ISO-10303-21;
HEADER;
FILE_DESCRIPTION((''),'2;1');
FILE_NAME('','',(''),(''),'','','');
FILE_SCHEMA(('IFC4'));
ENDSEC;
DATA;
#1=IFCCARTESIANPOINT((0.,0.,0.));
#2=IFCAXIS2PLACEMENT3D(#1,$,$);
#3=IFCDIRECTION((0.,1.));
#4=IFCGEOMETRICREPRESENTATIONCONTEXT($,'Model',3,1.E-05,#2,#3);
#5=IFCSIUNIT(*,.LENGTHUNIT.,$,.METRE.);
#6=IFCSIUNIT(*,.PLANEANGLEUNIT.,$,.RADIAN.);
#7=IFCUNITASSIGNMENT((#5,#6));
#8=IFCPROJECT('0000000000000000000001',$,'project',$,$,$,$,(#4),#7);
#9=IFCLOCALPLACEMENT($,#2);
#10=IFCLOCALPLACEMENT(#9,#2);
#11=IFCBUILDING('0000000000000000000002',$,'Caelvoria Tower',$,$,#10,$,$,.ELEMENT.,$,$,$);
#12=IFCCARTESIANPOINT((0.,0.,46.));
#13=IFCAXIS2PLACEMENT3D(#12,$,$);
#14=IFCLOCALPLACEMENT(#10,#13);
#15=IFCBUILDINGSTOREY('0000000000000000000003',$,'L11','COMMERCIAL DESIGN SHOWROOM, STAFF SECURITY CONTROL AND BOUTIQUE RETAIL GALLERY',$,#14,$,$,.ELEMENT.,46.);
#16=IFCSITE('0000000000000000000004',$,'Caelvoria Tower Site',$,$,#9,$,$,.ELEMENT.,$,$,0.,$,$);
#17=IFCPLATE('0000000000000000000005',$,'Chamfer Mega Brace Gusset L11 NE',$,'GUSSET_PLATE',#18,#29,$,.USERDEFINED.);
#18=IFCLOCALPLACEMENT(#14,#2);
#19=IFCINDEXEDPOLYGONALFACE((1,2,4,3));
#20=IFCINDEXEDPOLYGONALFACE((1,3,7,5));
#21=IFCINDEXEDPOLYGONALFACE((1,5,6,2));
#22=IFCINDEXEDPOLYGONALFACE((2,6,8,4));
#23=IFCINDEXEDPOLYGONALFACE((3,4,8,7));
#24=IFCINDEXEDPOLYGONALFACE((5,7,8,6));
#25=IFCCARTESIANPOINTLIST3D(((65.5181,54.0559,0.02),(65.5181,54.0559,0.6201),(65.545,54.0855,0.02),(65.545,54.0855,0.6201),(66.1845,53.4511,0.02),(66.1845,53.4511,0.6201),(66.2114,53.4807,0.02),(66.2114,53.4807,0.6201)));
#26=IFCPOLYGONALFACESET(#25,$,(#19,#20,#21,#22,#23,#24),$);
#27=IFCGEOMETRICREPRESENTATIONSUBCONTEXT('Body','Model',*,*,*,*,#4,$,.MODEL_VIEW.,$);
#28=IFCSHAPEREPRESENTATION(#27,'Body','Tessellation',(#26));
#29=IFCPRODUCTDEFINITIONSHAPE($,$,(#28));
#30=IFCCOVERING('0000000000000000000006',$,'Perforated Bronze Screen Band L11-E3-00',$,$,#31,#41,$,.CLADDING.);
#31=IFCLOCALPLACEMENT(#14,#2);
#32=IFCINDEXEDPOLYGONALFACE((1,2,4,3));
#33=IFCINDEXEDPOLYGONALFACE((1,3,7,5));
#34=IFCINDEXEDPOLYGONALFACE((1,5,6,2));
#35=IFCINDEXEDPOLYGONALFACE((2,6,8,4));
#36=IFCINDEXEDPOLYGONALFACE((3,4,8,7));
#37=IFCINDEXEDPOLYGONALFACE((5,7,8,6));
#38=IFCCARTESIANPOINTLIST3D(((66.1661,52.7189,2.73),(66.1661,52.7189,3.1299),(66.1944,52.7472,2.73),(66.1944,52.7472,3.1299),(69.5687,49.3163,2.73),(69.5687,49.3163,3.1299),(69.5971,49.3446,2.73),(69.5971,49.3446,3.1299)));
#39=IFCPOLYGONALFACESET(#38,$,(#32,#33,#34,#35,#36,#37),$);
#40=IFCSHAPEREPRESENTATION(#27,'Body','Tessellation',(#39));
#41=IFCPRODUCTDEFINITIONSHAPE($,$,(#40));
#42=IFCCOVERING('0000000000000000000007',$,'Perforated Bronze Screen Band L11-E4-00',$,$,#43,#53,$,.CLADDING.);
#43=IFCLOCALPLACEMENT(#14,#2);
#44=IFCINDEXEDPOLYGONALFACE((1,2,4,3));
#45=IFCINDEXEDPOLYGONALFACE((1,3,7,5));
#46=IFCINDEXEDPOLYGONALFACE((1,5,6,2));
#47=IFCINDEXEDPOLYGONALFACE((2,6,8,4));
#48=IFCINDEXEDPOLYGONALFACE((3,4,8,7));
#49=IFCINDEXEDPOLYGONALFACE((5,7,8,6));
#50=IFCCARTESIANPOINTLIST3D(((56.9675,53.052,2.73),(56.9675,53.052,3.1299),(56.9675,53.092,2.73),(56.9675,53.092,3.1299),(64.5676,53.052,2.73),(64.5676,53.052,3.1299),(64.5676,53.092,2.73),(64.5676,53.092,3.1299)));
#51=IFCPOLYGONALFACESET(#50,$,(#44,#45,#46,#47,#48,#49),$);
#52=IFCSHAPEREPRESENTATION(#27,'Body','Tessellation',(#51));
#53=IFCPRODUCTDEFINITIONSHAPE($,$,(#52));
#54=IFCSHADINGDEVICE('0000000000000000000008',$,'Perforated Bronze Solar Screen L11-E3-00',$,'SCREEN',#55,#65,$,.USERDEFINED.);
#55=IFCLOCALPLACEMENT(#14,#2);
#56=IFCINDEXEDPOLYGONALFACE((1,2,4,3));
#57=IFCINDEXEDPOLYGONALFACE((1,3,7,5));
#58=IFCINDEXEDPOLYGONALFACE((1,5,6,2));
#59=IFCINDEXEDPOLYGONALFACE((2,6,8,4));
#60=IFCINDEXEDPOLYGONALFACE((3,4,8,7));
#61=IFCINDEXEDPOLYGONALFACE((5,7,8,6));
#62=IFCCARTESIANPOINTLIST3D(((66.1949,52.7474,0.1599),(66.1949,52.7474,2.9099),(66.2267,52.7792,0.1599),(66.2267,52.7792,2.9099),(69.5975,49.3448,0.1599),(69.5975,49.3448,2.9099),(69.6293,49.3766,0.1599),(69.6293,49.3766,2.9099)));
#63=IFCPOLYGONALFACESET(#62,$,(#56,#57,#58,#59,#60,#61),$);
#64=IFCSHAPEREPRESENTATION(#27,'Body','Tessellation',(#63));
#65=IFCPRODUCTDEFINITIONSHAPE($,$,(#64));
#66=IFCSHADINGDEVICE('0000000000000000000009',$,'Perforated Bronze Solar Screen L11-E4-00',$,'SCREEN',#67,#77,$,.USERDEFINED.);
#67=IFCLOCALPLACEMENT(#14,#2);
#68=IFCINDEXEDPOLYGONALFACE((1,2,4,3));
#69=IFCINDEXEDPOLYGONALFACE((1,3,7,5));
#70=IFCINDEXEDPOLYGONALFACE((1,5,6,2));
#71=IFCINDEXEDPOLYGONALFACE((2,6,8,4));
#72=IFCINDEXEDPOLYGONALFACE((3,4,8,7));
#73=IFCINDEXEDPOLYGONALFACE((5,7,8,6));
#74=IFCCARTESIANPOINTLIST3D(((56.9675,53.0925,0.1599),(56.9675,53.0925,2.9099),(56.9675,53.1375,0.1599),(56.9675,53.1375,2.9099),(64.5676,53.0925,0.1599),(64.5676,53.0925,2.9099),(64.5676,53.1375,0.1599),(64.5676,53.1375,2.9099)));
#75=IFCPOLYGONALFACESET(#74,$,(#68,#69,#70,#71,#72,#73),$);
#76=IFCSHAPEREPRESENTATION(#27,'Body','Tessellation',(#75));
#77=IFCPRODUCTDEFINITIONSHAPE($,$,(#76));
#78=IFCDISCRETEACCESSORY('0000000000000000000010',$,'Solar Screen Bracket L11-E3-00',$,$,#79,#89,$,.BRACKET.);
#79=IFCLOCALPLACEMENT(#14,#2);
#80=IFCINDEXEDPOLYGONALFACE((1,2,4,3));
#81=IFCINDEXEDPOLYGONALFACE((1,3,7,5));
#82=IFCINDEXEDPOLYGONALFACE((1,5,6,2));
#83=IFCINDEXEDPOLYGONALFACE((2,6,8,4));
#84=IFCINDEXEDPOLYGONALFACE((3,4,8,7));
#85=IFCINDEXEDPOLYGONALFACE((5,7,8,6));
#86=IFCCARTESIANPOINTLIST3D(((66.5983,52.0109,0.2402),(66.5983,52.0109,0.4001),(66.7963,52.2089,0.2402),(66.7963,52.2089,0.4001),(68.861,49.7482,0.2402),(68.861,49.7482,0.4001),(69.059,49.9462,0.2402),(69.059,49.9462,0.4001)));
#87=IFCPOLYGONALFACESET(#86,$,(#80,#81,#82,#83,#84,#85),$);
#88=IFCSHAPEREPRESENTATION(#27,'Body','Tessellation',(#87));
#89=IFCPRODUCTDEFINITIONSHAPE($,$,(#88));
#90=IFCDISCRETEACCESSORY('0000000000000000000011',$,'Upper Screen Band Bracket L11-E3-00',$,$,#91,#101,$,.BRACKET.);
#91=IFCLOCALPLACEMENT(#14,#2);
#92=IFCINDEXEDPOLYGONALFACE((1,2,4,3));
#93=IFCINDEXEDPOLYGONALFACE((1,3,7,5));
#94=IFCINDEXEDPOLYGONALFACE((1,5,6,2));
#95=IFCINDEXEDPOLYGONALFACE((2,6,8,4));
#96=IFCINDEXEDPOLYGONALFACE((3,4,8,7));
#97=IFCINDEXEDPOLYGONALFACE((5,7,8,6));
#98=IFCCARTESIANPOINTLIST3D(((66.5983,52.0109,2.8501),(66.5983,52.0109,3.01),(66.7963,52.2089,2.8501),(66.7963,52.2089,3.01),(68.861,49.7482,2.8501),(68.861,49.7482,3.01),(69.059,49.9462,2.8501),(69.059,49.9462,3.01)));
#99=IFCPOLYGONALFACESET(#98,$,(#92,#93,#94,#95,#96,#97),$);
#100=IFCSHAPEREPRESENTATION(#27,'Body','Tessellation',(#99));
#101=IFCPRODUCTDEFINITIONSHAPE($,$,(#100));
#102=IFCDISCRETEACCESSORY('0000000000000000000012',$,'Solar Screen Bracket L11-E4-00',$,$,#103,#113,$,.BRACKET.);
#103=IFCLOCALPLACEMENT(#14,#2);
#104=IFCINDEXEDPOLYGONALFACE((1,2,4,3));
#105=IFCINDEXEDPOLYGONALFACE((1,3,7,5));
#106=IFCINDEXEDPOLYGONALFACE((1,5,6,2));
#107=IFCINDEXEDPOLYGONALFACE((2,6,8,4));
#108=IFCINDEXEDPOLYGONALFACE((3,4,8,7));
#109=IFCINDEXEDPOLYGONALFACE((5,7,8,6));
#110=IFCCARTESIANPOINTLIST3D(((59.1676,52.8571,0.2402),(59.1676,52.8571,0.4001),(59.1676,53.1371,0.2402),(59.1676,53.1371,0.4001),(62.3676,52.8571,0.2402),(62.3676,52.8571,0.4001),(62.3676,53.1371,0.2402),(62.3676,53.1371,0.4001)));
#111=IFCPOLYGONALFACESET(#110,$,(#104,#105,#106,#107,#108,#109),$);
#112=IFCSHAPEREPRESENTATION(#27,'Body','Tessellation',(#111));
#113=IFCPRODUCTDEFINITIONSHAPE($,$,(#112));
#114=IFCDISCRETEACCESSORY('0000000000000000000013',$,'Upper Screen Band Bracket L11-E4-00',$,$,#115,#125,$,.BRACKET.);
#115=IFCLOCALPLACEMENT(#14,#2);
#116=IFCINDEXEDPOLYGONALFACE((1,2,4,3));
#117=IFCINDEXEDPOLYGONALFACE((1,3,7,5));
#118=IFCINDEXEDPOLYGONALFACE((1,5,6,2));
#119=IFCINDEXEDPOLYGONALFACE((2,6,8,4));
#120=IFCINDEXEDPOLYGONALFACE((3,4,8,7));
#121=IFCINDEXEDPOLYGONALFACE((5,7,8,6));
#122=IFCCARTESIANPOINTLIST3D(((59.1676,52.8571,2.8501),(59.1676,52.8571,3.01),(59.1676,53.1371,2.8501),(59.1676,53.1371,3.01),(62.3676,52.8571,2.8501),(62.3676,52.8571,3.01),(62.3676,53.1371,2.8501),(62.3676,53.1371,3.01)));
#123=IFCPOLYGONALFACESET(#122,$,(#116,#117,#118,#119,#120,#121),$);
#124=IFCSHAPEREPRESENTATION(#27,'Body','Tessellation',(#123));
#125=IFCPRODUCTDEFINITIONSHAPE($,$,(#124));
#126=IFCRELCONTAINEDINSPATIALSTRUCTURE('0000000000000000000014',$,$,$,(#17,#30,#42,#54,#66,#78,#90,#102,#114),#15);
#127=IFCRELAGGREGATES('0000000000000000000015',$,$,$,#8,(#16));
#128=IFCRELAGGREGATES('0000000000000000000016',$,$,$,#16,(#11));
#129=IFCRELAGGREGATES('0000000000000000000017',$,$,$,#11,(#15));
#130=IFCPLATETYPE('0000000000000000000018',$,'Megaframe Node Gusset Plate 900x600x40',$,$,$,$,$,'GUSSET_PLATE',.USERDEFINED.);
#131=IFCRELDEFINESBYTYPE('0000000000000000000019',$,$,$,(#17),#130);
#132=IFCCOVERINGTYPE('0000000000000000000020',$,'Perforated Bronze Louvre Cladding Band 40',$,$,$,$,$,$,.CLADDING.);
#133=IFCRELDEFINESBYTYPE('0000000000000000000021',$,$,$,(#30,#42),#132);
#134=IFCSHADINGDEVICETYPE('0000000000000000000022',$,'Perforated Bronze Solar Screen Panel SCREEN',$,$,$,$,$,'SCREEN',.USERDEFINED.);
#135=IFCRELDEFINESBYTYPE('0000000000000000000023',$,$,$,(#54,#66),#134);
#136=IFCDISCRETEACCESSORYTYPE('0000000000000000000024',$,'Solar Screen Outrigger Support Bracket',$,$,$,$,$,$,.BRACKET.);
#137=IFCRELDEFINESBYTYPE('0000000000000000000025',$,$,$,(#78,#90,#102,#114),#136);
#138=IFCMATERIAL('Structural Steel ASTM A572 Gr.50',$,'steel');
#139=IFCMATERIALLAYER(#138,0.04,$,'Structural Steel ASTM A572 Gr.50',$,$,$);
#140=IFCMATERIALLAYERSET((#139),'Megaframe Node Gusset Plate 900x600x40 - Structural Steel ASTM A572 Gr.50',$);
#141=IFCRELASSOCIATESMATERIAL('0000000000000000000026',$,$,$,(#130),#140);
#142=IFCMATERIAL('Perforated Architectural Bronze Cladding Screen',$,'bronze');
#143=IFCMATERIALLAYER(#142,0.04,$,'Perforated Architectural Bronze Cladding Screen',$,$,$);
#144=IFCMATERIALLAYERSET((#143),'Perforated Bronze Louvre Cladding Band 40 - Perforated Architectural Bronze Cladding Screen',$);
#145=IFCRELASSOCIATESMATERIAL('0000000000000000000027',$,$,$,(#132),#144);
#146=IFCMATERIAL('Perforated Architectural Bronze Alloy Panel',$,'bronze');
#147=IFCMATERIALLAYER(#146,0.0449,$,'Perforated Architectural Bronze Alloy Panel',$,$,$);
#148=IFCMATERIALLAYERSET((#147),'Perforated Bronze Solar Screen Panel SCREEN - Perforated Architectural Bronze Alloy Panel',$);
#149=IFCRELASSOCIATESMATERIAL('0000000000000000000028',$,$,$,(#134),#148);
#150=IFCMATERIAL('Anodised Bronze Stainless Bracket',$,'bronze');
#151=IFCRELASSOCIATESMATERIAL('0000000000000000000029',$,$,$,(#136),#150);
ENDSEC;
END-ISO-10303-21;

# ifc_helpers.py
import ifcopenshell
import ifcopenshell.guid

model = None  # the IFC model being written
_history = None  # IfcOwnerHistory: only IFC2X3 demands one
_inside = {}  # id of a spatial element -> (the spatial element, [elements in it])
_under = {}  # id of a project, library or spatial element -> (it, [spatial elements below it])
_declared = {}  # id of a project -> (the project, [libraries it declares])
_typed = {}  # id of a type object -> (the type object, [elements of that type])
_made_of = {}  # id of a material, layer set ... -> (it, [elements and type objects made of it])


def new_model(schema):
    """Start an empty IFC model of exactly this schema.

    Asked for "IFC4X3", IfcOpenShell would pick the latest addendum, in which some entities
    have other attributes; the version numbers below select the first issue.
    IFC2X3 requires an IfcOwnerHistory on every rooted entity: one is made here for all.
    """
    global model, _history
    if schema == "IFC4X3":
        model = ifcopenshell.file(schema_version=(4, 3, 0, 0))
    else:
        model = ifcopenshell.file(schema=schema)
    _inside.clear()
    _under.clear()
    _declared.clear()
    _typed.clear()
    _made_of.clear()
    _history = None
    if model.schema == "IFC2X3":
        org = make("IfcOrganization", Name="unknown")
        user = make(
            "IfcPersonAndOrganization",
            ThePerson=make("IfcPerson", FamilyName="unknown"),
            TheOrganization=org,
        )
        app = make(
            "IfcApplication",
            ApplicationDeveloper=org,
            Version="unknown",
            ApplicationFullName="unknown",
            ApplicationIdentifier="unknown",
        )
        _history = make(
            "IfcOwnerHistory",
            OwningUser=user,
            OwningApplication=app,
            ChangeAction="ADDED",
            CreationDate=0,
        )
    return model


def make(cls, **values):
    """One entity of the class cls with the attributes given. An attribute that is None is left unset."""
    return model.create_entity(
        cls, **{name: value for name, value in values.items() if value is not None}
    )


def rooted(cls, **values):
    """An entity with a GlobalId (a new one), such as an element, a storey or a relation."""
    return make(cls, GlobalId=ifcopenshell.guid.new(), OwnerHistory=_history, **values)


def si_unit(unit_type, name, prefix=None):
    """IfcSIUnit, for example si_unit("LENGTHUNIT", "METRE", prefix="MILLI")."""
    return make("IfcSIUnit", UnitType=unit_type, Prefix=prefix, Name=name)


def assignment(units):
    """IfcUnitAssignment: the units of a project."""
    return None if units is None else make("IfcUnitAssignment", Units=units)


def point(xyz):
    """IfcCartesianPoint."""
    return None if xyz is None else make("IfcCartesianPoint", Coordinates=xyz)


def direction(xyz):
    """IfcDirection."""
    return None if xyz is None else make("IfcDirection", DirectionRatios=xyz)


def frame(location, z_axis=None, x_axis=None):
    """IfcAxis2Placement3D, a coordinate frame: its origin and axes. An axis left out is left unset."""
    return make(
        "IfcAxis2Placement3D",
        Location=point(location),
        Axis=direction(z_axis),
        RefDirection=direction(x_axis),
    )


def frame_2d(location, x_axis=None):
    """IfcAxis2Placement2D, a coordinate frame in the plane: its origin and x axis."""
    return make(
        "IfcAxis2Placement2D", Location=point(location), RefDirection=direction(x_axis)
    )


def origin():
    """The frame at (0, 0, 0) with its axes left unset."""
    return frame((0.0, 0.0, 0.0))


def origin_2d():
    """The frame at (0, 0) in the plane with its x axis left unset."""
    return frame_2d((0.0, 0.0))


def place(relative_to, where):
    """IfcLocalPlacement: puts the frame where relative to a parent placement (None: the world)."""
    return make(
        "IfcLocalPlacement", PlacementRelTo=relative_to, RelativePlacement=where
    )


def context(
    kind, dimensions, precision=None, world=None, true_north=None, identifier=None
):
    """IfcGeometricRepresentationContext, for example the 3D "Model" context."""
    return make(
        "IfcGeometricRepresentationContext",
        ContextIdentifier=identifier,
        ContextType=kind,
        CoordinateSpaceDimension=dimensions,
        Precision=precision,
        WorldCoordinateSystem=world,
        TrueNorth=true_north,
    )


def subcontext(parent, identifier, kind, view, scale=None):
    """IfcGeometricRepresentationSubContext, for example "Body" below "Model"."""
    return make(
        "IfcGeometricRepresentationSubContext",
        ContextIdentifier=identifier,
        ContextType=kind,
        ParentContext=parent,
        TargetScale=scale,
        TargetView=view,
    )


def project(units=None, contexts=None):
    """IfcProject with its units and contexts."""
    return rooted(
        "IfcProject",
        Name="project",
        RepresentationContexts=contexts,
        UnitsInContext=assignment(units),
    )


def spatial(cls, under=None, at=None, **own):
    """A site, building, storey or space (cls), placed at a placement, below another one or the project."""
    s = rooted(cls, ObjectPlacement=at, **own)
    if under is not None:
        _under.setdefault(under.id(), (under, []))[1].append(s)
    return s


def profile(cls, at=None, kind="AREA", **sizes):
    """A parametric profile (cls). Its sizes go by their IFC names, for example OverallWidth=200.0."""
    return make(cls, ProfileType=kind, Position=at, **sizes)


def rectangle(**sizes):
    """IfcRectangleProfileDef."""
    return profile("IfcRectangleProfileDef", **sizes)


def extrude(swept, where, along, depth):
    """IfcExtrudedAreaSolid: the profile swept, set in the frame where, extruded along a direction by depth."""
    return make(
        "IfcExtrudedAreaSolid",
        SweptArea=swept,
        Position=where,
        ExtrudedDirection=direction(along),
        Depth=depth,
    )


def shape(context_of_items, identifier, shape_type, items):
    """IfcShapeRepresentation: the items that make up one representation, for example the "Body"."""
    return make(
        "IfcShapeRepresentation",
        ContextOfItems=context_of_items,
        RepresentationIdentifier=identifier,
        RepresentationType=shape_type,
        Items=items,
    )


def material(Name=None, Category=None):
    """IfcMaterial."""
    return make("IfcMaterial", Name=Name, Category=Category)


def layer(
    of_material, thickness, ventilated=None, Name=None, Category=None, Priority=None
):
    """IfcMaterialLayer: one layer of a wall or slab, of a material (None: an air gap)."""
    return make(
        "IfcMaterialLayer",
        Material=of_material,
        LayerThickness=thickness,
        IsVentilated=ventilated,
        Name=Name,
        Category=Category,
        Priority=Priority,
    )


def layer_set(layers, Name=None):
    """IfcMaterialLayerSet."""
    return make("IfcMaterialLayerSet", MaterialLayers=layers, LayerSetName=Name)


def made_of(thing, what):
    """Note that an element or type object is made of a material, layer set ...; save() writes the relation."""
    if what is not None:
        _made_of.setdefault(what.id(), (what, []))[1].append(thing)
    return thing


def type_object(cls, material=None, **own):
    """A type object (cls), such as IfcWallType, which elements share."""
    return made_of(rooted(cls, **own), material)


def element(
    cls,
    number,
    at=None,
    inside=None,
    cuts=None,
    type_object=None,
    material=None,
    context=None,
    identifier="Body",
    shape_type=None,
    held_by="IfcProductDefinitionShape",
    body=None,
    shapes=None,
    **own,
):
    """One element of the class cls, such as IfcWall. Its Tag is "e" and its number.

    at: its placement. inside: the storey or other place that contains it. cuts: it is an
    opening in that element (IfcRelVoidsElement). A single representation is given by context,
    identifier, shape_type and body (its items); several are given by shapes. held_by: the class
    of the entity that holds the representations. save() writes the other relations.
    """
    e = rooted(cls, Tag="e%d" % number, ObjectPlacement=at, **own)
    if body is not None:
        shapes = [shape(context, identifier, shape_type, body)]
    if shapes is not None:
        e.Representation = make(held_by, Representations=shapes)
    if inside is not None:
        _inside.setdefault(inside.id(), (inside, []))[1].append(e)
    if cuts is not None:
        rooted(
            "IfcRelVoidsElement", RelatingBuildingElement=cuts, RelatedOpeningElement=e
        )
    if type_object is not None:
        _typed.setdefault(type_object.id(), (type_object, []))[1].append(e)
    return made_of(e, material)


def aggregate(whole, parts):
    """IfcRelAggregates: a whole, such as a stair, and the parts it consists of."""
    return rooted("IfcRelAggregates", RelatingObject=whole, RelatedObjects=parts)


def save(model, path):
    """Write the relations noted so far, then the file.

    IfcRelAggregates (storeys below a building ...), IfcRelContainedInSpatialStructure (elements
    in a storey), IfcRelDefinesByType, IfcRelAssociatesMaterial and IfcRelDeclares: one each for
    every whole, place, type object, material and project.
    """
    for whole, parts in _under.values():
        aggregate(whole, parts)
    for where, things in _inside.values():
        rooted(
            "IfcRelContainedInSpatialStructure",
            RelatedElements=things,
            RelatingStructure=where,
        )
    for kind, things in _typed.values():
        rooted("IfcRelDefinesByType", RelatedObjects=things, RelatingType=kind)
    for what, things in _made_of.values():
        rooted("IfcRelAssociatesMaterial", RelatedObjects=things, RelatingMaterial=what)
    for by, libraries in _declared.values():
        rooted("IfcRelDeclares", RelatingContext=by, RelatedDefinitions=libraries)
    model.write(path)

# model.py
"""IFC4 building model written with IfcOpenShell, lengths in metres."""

from ifc_helpers import new_model, si_unit, direction, frame, origin, origin_2d, place, context, subcontext, project, spatial, rectangle, extrude, material, layer, layer_set, type_object, element, save


model = new_model("IFC4")

# Units and contexts
model_context = context("Model", 3, precision=1e-05, world=origin(), true_north=direction((0.0, 1.0)))
body_context = subcontext(model_context, "Body", "Model", "MODEL_VIEW")
ifc_project = project(units=[si_unit("LENGTHUNIT", "METRE"), si_unit("PLANEANGLEUNIT", "RADIAN")], contexts=[model_context])

# Site, building, storey
site_placement = place(None, origin())
site = spatial("IfcSite", under=ifc_project, at=site_placement, Name="Caelvoria Tower Site", CompositionType="ELEMENT", RefElevation=0.0)
building_placement = place(site_placement, origin())
building = spatial("IfcBuilding", under=site, at=building_placement, Name="Caelvoria Tower", CompositionType="ELEMENT")
storey_placement = place(building_placement, frame((0.0, 0.0, 46.0)))
storey = spatial("IfcBuildingStorey", under=building, at=storey_placement, Name="L11", Description="COMMERCIAL DESIGN SHOWROOM, STAFF SECURITY CONTROL AND BOUTIQUE RETAIL GALLERY", CompositionType="ELEMENT", Elevation=46.0)

# Shared definitions
ifc_material_1 = material(Name="Structural Steel ASTM A572 Gr.50", Category="steel")

# Plate
ifc_layer_1 = layer(ifc_material_1, 0.04, Name="Structural Steel ASTM A572 Gr.50")
ifc_layer_set_1 = layer_set([ifc_layer_1], Name="Megaframe Node Gusset Plate 900x600x40 - Structural Steel ASTM A572 Gr.50")
plate_type = type_object("IfcPlateType", Name="Megaframe Node Gusset Plate 900x600x40", ElementType="GUSSET_PLATE", PredefinedType="USERDEFINED", material=ifc_layer_set_1)
plate_placement = place(storey_placement, frame((65.8647, 53.7683, 0.02), z_axis=(0.0, 0.0, 1.0), x_axis=(0.740456, -0.672105, 0.0)))
element("IfcPlate", 1, at=plate_placement, inside=storey, type_object=plate_type, Name="Chamfer Mega Brace Gusset L11 NE", ObjectType="GUSSET_PLATE", PredefinedType="USERDEFINED", context=body_context, shape_type="SweptSolid", body=[
    extrude(rectangle(XDim=0.8999, YDim=0.04, at=origin_2d()), origin(), (0.0, 0.0, 1.0), 0.6001),
])

# Coverings
ifc_material_2 = material(Name="Perforated Architectural Bronze Cladding Screen", Category="bronze")
ifc_layer_2 = layer(ifc_material_2, 0.04, Name="Perforated Architectural Bronze Cladding Screen")
ifc_layer_set_2 = layer_set([ifc_layer_2], Name="Perforated Bronze Louvre Cladding Band 40 - Perforated Architectural Bronze Cladding Screen")
covering_type = type_object("IfcCoveringType", Name="Perforated Bronze Louvre Cladding Band 40", PredefinedType="CLADDING", material=ifc_layer_set_2)
covering_1_placement = place(storey_placement, frame((67.8816, 51.0317, 2.73), z_axis=(0.0, 0.0, 1.0), x_axis=(-0.707107, 0.707107, 0.0)))
element("IfcCovering", 2, at=covering_1_placement, inside=storey, type_object=covering_type, Name="Perforated Bronze Screen Band L11-E3-00", PredefinedType="CLADDING", context=body_context, shape_type="SweptSolid", body=[
    extrude(rectangle(XDim=4.812, YDim=0.04, at=origin_2d()), origin(), (0.0, 0.0, 1.0), 0.3999),
])
covering_2_placement = place(storey_placement, frame((60.7676, 53.072, 2.73), z_axis=(0.0, 0.0, 1.0), x_axis=(-1.0, 0.0, 0.0)))
element("IfcCovering", 3, at=covering_2_placement, inside=storey, type_object=covering_type, Name="Perforated Bronze Screen Band L11-E4-00", PredefinedType="CLADDING", context=body_context, shape_type="SweptSolid", body=[
    extrude(rectangle(XDim=7.6001, YDim=0.04, at=origin_2d()), origin(), (0.0, 0.0, 1.0), 0.3999),
])

# Shading devices
ifc_material_3 = material(Name="Perforated Architectural Bronze Alloy Panel", Category="bronze")
ifc_layer_3 = layer(ifc_material_3, 0.0449, Name="Perforated Architectural Bronze Alloy Panel")
ifc_layer_set_3 = layer_set([ifc_layer_3], Name="Perforated Bronze Solar Screen Panel SCREEN - Perforated Architectural Bronze Alloy Panel")
shading_device_type = type_object("IfcShadingDeviceType", Name="Perforated Bronze Solar Screen Panel SCREEN", ElementType="SCREEN", PredefinedType="USERDEFINED", material=ifc_layer_set_3)
shading_device_1_placement = place(storey_placement, frame((67.9121, 51.062, 0.1599), z_axis=(0.0, 0.0, 1.0), x_axis=(-0.707107, 0.707107, 0.0)))
element("IfcShadingDevice", 4, at=shading_device_1_placement, inside=storey, type_object=shading_device_type, Name="Perforated Bronze Solar Screen L11-E3-00", ObjectType="SCREEN", PredefinedType="USERDEFINED", context=body_context, shape_type="SweptSolid", body=[
    extrude(rectangle(XDim=4.812, YDim=0.0449, at=origin_2d()), origin(), (0.0, 0.0, 1.0), 2.75),
])
shading_device_2_placement = place(storey_placement, frame((60.7676, 53.115, 0.1599), z_axis=(0.0, 0.0, 1.0), x_axis=(-1.0, 0.0, 0.0)))
element("IfcShadingDevice", 5, at=shading_device_2_placement, inside=storey, type_object=shading_device_type, Name="Perforated Bronze Solar Screen L11-E4-00", ObjectType="SCREEN", PredefinedType="USERDEFINED", context=body_context, shape_type="SweptSolid", body=[
    extrude(rectangle(XDim=7.6001, YDim=0.0449, at=origin_2d()), origin(), (0.0, 0.0, 1.0), 2.75),
])

# Discrete accessories
ifc_material_4 = material(Name="Anodised Bronze Stainless Bracket", Category="bronze")
discrete_accessory_type = type_object("IfcDiscreteAccessoryType", Name="Solar Screen Outrigger Support Bracket", PredefinedType="BRACKET", material=ifc_material_4)
for number, where, z_axis, x_axis, name in (
    (6, (67.8286, 50.9785, 0.2402), (0.0, 0.0, 1.0), (-0.707107, 0.707107, 0.0), "Solar Screen Bracket L11-E3-00"),
    (7, (67.8286, 50.9785, 2.8501), (0.0, 0.0, 1.0), (-0.707107, 0.707107, 0.0), "Upper Screen Band Bracket L11-E3-00"),
    (8, (60.7676, 52.9971, 0.2402), (0.0, 0.0, 1.0), (-1.0, 0.0, 0.0), "Solar Screen Bracket L11-E4-00"),
    (9, (60.7676, 52.9971, 2.8501), (0.0, 0.0, 1.0), (-1.0, 0.0, 0.0), "Upper Screen Band Bracket L11-E4-00"),
):
    element("IfcDiscreteAccessory", number, at=place(storey_placement, frame(where, z_axis=z_axis, x_axis=x_axis)), inside=storey, type_object=discrete_accessory_type, Name=name, PredefinedType="BRACKET", context=body_context, shape_type="SweptSolid", body=[
        extrude(rectangle(XDim=3.2, YDim=0.28, at=origin_2d()), origin(), (0.0, 0.0, 1.0), 0.1599),
    ])

save(model, "model.ifc")
